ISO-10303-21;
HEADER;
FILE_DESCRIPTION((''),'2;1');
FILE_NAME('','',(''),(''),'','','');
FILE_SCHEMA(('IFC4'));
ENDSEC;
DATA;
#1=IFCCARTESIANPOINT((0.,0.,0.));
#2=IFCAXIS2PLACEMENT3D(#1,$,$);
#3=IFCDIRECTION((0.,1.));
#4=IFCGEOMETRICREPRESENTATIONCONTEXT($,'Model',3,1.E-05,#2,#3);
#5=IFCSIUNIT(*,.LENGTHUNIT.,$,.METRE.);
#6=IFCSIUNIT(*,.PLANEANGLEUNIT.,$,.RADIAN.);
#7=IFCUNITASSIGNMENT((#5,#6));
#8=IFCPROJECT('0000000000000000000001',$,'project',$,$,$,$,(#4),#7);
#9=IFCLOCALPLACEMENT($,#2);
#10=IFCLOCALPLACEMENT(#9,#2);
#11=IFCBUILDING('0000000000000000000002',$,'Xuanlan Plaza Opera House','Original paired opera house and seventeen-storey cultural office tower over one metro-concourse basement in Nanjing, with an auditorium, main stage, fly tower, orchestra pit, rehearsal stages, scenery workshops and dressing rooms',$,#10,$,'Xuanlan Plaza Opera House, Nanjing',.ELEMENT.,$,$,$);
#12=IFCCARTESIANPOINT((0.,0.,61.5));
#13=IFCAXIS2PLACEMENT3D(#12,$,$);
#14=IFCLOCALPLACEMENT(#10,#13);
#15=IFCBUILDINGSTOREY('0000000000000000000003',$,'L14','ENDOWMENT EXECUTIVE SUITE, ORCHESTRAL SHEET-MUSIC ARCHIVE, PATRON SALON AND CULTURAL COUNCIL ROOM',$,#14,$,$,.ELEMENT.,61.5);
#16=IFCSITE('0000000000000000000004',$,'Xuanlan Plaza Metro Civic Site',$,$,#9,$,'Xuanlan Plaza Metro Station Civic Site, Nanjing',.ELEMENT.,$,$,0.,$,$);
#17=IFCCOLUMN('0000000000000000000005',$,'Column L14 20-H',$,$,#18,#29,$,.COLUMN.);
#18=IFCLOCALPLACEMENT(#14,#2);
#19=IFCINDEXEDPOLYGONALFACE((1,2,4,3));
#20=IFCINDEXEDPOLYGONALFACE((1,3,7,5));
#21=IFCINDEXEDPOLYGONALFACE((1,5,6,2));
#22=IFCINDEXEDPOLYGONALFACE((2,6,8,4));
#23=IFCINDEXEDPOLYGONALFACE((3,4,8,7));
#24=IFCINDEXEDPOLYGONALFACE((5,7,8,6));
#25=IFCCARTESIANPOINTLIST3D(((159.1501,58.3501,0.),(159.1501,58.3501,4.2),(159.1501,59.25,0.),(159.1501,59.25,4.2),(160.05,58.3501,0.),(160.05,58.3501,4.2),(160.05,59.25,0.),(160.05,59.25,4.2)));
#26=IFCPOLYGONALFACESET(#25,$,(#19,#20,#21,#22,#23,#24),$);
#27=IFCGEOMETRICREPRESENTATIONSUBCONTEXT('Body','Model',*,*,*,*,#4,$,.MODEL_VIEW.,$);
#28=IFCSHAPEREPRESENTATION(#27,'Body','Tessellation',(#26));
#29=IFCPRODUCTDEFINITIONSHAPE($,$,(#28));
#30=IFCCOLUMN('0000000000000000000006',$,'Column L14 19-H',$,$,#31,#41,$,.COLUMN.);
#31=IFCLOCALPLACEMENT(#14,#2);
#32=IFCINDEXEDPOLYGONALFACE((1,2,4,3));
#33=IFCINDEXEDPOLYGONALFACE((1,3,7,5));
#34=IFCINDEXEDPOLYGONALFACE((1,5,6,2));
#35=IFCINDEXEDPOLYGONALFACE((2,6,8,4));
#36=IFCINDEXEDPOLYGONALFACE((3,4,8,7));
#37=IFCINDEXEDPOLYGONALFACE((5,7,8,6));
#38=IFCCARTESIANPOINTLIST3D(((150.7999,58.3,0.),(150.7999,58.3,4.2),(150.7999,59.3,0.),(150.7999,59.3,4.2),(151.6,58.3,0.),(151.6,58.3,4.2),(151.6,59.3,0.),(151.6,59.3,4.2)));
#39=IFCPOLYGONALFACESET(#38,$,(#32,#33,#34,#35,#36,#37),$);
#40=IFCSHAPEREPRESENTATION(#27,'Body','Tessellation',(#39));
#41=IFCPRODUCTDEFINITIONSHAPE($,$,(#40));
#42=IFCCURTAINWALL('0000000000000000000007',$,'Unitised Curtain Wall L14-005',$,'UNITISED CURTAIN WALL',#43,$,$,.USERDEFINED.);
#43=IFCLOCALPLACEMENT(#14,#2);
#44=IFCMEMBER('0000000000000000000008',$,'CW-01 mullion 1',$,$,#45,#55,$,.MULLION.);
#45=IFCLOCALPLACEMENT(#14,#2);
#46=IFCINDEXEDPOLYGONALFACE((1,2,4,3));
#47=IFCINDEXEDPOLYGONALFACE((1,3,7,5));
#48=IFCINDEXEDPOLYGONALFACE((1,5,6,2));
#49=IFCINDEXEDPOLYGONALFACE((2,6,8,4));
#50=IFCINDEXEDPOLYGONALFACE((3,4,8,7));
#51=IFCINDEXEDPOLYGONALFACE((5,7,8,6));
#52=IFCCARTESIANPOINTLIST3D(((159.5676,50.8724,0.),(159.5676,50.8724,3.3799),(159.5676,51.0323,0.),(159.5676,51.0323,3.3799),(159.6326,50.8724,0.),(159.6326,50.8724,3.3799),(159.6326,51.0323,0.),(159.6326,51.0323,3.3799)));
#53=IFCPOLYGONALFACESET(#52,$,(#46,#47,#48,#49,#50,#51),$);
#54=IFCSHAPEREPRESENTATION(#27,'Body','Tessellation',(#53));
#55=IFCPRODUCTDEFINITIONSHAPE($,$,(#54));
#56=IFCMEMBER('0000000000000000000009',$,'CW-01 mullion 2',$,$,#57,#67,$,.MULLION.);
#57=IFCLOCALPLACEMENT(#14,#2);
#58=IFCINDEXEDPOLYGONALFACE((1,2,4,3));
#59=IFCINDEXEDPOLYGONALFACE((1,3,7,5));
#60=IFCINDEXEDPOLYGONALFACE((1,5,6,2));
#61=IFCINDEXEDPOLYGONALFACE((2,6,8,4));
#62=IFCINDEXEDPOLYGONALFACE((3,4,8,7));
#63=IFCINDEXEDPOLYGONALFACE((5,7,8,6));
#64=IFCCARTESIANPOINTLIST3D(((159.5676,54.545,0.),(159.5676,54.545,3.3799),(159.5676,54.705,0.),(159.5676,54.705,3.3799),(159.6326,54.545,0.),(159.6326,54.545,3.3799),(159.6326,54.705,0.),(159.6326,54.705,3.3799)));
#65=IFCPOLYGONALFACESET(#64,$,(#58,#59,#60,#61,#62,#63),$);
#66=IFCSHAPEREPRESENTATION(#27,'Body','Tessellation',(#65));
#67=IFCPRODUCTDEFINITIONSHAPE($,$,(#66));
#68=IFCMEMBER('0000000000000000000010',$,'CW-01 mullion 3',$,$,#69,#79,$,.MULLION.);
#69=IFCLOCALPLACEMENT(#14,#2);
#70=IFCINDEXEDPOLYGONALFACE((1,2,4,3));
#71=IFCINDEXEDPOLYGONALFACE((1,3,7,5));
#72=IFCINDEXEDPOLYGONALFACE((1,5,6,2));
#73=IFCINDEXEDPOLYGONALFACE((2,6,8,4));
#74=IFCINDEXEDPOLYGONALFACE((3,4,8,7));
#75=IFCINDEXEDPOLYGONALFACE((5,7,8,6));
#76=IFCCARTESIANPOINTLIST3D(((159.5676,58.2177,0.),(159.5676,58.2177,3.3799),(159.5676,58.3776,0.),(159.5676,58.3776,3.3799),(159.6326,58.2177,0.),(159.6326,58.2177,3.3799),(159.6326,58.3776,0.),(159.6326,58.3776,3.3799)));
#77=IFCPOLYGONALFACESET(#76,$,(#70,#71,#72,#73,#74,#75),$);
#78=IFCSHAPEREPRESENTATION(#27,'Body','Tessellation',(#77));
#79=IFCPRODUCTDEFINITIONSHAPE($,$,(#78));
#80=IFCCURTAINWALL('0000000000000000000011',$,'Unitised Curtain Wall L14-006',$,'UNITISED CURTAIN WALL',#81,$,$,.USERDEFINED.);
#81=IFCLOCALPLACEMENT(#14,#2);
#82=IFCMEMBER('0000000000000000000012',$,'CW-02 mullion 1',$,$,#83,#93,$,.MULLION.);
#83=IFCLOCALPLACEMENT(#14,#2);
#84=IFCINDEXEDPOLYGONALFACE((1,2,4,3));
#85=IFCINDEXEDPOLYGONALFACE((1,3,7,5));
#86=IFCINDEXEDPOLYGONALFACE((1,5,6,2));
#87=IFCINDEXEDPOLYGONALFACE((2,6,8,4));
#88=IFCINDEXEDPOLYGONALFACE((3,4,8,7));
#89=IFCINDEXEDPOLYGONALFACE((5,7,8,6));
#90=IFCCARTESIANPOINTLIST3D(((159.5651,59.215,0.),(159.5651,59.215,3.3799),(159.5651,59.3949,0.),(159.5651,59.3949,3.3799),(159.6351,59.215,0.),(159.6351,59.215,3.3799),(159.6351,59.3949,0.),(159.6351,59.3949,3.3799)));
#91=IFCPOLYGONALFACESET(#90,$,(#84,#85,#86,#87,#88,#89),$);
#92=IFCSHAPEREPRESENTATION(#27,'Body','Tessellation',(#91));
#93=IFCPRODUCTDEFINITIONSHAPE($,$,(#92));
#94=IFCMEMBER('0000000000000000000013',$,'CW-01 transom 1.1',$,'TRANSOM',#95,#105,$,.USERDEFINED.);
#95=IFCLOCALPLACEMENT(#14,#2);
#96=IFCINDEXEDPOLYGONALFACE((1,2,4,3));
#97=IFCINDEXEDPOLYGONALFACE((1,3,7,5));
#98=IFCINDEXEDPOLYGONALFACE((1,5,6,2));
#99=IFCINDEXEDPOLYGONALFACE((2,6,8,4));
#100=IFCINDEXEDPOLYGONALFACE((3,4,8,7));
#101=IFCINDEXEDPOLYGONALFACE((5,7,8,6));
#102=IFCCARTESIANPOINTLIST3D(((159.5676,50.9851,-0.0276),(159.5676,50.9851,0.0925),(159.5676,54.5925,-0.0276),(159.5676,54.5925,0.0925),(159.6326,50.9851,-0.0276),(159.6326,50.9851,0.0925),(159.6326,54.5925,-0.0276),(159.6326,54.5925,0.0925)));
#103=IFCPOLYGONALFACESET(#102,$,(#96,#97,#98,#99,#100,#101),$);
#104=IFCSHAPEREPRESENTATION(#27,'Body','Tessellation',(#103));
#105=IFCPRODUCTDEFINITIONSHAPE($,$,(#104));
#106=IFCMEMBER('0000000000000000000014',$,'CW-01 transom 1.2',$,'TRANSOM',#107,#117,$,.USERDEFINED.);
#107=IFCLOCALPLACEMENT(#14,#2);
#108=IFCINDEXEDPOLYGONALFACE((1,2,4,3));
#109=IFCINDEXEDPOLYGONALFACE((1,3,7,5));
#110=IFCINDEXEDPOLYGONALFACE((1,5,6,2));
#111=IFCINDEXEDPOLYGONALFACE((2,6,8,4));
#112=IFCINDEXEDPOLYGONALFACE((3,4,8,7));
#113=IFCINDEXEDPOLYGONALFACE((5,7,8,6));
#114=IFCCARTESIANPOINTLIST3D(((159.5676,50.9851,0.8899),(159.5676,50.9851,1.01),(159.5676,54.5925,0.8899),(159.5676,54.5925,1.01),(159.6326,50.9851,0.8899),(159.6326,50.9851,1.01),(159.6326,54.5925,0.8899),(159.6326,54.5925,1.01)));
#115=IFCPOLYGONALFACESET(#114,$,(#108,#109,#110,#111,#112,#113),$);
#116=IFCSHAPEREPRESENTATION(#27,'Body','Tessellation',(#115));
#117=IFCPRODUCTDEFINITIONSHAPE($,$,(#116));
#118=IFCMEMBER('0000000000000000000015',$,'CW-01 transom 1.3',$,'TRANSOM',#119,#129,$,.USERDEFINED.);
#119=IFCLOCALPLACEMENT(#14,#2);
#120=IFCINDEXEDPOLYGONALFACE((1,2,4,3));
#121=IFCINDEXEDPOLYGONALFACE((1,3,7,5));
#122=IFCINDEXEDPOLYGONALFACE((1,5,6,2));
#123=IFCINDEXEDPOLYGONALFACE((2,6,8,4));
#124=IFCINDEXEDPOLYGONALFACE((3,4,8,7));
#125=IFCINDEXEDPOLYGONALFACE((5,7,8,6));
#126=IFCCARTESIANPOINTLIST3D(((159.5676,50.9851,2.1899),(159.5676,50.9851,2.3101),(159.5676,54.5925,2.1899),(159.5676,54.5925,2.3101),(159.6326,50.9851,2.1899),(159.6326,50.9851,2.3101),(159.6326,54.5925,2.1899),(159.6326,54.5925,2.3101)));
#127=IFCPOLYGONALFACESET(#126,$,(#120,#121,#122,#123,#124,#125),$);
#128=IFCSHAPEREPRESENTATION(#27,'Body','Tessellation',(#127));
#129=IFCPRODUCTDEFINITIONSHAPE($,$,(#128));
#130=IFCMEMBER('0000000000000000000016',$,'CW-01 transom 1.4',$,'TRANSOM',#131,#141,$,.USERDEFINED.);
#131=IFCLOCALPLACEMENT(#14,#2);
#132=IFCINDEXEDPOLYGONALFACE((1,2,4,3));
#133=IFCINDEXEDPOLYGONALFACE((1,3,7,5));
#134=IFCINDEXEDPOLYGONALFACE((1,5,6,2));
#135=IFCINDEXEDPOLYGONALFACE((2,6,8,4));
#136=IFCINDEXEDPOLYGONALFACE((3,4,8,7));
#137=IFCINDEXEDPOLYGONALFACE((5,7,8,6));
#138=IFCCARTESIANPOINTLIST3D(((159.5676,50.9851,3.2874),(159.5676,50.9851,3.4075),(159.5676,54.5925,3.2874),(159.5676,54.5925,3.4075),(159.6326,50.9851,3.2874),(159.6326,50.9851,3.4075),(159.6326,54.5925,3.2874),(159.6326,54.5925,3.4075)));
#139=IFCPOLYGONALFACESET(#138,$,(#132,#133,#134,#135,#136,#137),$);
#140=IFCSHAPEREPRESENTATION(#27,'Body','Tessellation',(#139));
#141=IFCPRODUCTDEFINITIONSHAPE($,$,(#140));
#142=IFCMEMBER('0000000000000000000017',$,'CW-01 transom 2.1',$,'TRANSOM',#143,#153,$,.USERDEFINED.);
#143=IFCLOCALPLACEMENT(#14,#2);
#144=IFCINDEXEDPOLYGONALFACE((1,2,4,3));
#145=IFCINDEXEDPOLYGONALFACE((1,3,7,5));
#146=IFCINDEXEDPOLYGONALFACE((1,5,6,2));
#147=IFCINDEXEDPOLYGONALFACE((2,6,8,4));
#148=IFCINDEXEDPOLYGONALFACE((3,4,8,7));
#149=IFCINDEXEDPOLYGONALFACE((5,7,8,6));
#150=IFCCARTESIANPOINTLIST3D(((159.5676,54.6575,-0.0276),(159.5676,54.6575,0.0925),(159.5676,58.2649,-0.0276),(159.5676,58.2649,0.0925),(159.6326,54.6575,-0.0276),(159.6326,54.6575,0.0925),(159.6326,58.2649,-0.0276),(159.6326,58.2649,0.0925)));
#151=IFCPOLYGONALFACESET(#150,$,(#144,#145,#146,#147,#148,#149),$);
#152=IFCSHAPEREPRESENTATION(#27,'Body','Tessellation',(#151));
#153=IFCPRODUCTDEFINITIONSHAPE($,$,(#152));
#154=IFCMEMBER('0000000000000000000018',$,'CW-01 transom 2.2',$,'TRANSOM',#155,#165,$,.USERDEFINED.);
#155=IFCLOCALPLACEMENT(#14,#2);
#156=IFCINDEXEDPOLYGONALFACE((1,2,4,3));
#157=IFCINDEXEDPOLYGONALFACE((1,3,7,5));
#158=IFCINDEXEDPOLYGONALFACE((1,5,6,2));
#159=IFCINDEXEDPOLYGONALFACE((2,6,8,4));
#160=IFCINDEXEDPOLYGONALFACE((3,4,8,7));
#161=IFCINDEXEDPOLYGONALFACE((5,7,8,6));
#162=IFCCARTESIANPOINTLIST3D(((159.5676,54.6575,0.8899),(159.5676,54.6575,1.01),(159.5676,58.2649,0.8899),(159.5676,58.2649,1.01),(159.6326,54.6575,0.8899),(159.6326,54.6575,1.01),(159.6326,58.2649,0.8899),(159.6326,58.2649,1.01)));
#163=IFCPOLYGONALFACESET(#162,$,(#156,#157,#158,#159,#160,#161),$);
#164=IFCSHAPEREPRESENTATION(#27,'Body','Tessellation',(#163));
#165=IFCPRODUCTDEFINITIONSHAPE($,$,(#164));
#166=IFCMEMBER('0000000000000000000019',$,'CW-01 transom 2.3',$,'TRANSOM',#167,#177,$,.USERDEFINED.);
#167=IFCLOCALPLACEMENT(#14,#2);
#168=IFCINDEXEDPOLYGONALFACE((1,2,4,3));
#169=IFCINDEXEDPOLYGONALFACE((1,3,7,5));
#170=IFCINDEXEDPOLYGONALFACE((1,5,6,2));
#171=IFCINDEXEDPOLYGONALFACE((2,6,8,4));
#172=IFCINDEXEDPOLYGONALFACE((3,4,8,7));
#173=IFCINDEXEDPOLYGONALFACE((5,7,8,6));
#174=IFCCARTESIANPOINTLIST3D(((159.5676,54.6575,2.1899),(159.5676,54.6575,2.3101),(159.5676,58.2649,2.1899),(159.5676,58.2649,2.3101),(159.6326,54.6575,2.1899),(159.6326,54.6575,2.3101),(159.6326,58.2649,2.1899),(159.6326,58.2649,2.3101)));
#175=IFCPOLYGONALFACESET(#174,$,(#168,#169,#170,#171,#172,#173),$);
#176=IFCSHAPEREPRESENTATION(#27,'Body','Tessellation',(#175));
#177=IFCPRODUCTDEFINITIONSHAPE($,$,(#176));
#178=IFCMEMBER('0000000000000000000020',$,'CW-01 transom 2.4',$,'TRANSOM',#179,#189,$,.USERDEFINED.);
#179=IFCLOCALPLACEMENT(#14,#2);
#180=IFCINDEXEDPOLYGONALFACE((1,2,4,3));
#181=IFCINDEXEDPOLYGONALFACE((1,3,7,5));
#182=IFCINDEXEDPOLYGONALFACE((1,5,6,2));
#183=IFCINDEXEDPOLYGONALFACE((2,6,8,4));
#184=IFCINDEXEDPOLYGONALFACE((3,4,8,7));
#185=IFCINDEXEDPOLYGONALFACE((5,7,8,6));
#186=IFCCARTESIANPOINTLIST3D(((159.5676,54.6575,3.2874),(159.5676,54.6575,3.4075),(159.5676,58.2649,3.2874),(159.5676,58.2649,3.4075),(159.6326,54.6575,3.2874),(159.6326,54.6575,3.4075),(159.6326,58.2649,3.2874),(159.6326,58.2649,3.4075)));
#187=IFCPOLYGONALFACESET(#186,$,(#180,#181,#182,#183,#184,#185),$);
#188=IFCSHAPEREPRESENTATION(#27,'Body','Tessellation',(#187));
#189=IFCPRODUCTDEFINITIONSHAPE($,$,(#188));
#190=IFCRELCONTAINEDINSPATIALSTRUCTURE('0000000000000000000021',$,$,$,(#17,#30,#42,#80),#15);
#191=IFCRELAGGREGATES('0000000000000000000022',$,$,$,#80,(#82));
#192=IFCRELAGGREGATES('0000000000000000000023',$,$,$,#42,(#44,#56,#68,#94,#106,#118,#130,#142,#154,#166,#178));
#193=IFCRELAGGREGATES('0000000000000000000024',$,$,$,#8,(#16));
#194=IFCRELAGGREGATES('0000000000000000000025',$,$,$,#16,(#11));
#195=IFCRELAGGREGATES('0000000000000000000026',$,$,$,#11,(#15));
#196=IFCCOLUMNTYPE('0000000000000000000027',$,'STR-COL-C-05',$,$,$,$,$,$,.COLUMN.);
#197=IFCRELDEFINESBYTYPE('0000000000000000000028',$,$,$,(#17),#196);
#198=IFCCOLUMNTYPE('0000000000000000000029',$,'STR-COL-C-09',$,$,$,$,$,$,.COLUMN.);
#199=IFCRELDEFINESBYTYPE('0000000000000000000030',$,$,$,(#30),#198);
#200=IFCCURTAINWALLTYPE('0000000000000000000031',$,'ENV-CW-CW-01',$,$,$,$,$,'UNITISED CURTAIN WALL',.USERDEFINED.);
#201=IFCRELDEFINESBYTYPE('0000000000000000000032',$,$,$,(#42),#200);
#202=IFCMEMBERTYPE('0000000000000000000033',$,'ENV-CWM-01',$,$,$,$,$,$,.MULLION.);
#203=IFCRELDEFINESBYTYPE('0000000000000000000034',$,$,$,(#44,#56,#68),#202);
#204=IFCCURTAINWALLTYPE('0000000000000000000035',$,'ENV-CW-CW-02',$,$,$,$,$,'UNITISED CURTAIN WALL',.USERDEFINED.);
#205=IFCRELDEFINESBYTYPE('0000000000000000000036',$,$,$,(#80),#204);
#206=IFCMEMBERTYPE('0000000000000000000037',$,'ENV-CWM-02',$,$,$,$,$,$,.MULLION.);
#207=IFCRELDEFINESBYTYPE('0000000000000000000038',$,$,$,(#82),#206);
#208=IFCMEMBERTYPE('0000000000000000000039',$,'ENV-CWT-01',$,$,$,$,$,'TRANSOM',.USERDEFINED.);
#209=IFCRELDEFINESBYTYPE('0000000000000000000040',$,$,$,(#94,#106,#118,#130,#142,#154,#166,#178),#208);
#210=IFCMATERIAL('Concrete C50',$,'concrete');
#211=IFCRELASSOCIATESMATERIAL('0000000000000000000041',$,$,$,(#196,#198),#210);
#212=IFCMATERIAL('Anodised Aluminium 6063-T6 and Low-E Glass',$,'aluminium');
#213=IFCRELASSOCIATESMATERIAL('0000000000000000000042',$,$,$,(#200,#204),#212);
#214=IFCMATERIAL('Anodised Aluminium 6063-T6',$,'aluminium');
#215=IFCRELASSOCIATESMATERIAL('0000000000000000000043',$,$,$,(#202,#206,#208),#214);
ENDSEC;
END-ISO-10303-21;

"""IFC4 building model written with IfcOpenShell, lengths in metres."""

from ifc_helpers import new_model, si_unit, direction, frame, origin, origin_2d, place, context, subcontext, project, spatial, rectangle, extrude, material, material_profile, profile_set, type_object, element, aggregate, save


model = new_model("IFC4")

# Units and contexts
model_context = context("Model", 3, precision=1e-05, world=origin(), true_north=direction((0.0, 1.0)))
body_context = subcontext(model_context, "Body", "Model", "MODEL_VIEW")
ifc_project = project(units=[si_unit("LENGTHUNIT", "METRE"), si_unit("PLANEANGLEUNIT", "RADIAN")], contexts=[model_context])

# Site, building, storey
site_placement = place(None, origin())
site = spatial("IfcSite", under=ifc_project, at=site_placement, Name="Xuanlan Plaza Metro Civic Site", LongName="Xuanlan Plaza Metro Station Civic Site, Nanjing", CompositionType="ELEMENT", RefElevation=0.0)
building_placement = place(site_placement, origin())
building = spatial("IfcBuilding", under=site, at=building_placement, Name="Xuanlan Plaza Opera House", Description="Original paired opera house and seventeen-storey cultural office tower over one metro-concourse basement in Nanjing, with an auditorium, main stage, fly tower, orchestra pit, rehearsal stages, scenery workshops and dressing rooms", LongName="Xuanlan Plaza Opera House, Nanjing", CompositionType="ELEMENT")
storey_placement = place(building_placement, frame((0.0, 0.0, 61.5)))
storey = spatial("IfcBuildingStorey", under=building, at=storey_placement, Name="L14", Description="ENDOWMENT EXECUTIVE SUITE, ORCHESTRAL SHEET-MUSIC ARCHIVE, PATRON SALON AND CULTURAL COUNCIL ROOM", CompositionType="ELEMENT", Elevation=61.5)

# Columns
ifc_material_1 = material(Name="Concrete C50", Category="concrete")
ifc_material_profile_1 = material_profile(ifc_material_1, rectangle(XDim=0.8999, YDim=0.8999, at=origin_2d()), Name="RC-COL 900x900")
ifc_profile_set_1 = profile_set([ifc_material_profile_1], Name="Concrete C50")
column_type_1 = type_object("IfcColumnType", Name="STR-COL-C-05", PredefinedType="COLUMN", material=ifc_profile_set_1)
column_1_placement = place(storey_placement, frame((159.6001, 58.8, 0.0), z_axis=(0.0, 0.0, 1.0), x_axis=(1.0, 0.0, 0.0)))
element("IfcColumn", 1, at=column_1_placement, inside=storey, type_object=column_type_1, Name="Column L14 20-H", PredefinedType="COLUMN", context=body_context, shape_type="SweptSolid", body=[
    extrude(rectangle(XDim=0.8999, YDim=0.8999, at=origin_2d()), origin(), (0.0, 0.0, 1.0), 4.2),
])
ifc_material_profile_2 = material_profile(ifc_material_1, rectangle(XDim=0.8, YDim=1.0, at=origin_2d()), Name="RC-COL 800x1000")
ifc_profile_set_2 = profile_set([ifc_material_profile_2], Name="Concrete C50")
column_type_2 = type_object("IfcColumnType", Name="STR-COL-C-09", PredefinedType="COLUMN", material=ifc_profile_set_2)
column_2_placement = place(storey_placement, frame((151.2, 58.8, 0.0), z_axis=(0.0, 0.0, 1.0), x_axis=(1.0, 0.0, 0.0)))
element("IfcColumn", 2, at=column_2_placement, inside=storey, type_object=column_type_2, Name="Column L14 19-H", PredefinedType="COLUMN", context=body_context, shape_type="SweptSolid", body=[
    extrude(rectangle(XDim=0.8, YDim=1.0, at=origin_2d()), origin(), (0.0, 0.0, 1.0), 4.2),
])

# Curtain wall, members
ifc_material_2 = material(Name="Anodised Aluminium 6063-T6 and Low-E Glass", Category="aluminium")
curtain_wall_type_1 = type_object("IfcCurtainWallType", Name="ENV-CW-CW-01", ElementType="UNITISED CURTAIN WALL", PredefinedType="USERDEFINED", material=ifc_material_2)
curtain_wall_1_placement = place(storey_placement, origin())
curtain_wall_1 = element("IfcCurtainWall", 3, at=curtain_wall_1_placement, inside=storey, type_object=curtain_wall_type_1, Name="Unitised Curtain Wall L14-005", ObjectType="UNITISED CURTAIN WALL", PredefinedType="USERDEFINED")
ifc_material_3 = material(Name="Anodised Aluminium 6063-T6", Category="aluminium")
ifc_material_profile_3 = material_profile(ifc_material_3, rectangle(XDim=0.0649, YDim=0.1599, at=origin_2d()), Name="ALU-M 65x160")
ifc_profile_set_3 = profile_set([ifc_material_profile_3], Name="Anodised Aluminium 6063-T6")
member_type_1 = type_object("IfcMemberType", Name="ENV-CWM-01", PredefinedType="MULLION", material=ifc_profile_set_3)
member_1_placement = place(storey_placement, frame((159.6001, 50.9524, 0.0), z_axis=(0.0, 0.0, 1.0), x_axis=(-1.0, 0.0, 0.0)))
member_1 = element("IfcMember", 4, at=member_1_placement, type_object=member_type_1, Name="CW-01 mullion 1", PredefinedType="MULLION", context=body_context, shape_type="SweptSolid", body=[
    extrude(rectangle(XDim=0.0649, YDim=0.1599, at=origin_2d()), origin(), (0.0, 0.0, 1.0), 3.3799),
])
member_2_placement = place(storey_placement, frame((159.6001, 54.625, 0.0), z_axis=(0.0, 0.0, 1.0), x_axis=(-1.0, 0.0, 0.0)))
member_2 = element("IfcMember", 5, at=member_2_placement, type_object=member_type_1, Name="CW-01 mullion 2", PredefinedType="MULLION", context=body_context, shape_type="SweptSolid", body=[
    extrude(rectangle(XDim=0.0649, YDim=0.1599, at=origin_2d()), origin(), (0.0, 0.0, 1.0), 3.3799),
])
member_3_placement = place(storey_placement, frame((159.6001, 58.2976, 0.0), z_axis=(0.0, 0.0, 1.0), x_axis=(-1.0, 0.0, 0.0)))
member_3 = element("IfcMember", 6, at=member_3_placement, type_object=member_type_1, Name="CW-01 mullion 3", PredefinedType="MULLION", context=body_context, shape_type="SweptSolid", body=[
    extrude(rectangle(XDim=0.0649, YDim=0.1599, at=origin_2d()), origin(), (0.0, 0.0, 1.0), 3.3799),
])

# Curtain wall, member
curtain_wall_type_2 = type_object("IfcCurtainWallType", Name="ENV-CW-CW-02", ElementType="UNITISED CURTAIN WALL", PredefinedType="USERDEFINED", material=ifc_material_2)
curtain_wall_2_placement = place(storey_placement, origin())
curtain_wall_2 = element("IfcCurtainWall", 7, at=curtain_wall_2_placement, inside=storey, type_object=curtain_wall_type_2, Name="Unitised Curtain Wall L14-006", ObjectType="UNITISED CURTAIN WALL", PredefinedType="USERDEFINED")
ifc_material_profile_4 = material_profile(ifc_material_3, rectangle(XDim=0.0701, YDim=0.1799, at=origin_2d()), Name="ALU-M 70x180")
ifc_profile_set_4 = profile_set([ifc_material_profile_4], Name="Anodised Aluminium 6063-T6")
member_type_2 = type_object("IfcMemberType", Name="ENV-CWM-02", PredefinedType="MULLION", material=ifc_profile_set_4)
member_4_placement = place(storey_placement, frame((159.6001, 59.3049, 0.0), z_axis=(0.0, 0.0, 1.0), x_axis=(-1.0, 0.0, 0.0)))
member_4 = element("IfcMember", 8, at=member_4_placement, type_object=member_type_2, Name="CW-02 mullion 1", PredefinedType="MULLION", context=body_context, shape_type="SweptSolid", body=[
    extrude(rectangle(XDim=0.0701, YDim=0.1799, at=origin_2d()), origin(), (0.0, 0.0, 1.0), 3.3799),
])

# Members
ifc_material_profile_5 = material_profile(ifc_material_3, rectangle(XDim=0.0649, YDim=0.1201, at=origin_2d()), Name="ALU-T 65x120")
ifc_profile_set_5 = profile_set([ifc_material_profile_5], Name="Anodised Aluminium 6063-T6")
member_type_3 = type_object("IfcMemberType", Name="ENV-CWT-01", ElementType="TRANSOM", PredefinedType="USERDEFINED", material=ifc_profile_set_5)
member_5_placement = place(storey_placement, frame((159.6001, 50.9851, 0.0325), z_axis=(0.0, 1.0, 0.0), x_axis=(-1.0, 0.0, 0.0)))
member_5 = element("IfcMember", 9, at=member_5_placement, type_object=member_type_3, Name="CW-01 transom 1.1", ObjectType="TRANSOM", PredefinedType="USERDEFINED", context=body_context, shape_type="SweptSolid", body=[
    extrude(rectangle(XDim=0.0649, YDim=0.1201, at=origin_2d()), origin(), (0.0, 0.0, 1.0), 3.6074),
])
member_6_placement = place(storey_placement, frame((159.6001, 50.9851, 0.95), z_axis=(0.0, 1.0, 0.0), x_axis=(-1.0, 0.0, 0.0)))
member_6 = element("IfcMember", 10, at=member_6_placement, type_object=member_type_3, Name="CW-01 transom 1.2", ObjectType="TRANSOM", PredefinedType="USERDEFINED", context=body_context, shape_type="SweptSolid", body=[
    extrude(rectangle(XDim=0.0649, YDim=0.1201, at=origin_2d()), origin(), (0.0, 0.0, 1.0), 3.6074),
])
member_7_placement = place(storey_placement, frame((159.6001, 50.9851, 2.25), z_axis=(0.0, 1.0, 0.0), x_axis=(-1.0, 0.0, 0.0)))
member_7 = element("IfcMember", 11, at=member_7_placement, type_object=member_type_3, Name="CW-01 transom 1.3", ObjectType="TRANSOM", PredefinedType="USERDEFINED", context=body_context, shape_type="SweptSolid", body=[
    extrude(rectangle(XDim=0.0649, YDim=0.1201, at=origin_2d()), origin(), (0.0, 0.0, 1.0), 3.6074),
])
member_8_placement = place(storey_placement, frame((159.6001, 50.9851, 3.3474), z_axis=(0.0, 1.0, 0.0), x_axis=(-1.0, 0.0, 0.0)))
member_8 = element("IfcMember", 12, at=member_8_placement, type_object=member_type_3, Name="CW-01 transom 1.4", ObjectType="TRANSOM", PredefinedType="USERDEFINED", context=body_context, shape_type="SweptSolid", body=[
    extrude(rectangle(XDim=0.0649, YDim=0.1201, at=origin_2d()), origin(), (0.0, 0.0, 1.0), 3.6074),
])
member_9_placement = place(storey_placement, frame((159.6001, 54.6575, 0.0325), z_axis=(0.0, 1.0, 0.0), x_axis=(-1.0, 0.0, 0.0)))
member_9 = element("IfcMember", 13, at=member_9_placement, type_object=member_type_3, Name="CW-01 transom 2.1", ObjectType="TRANSOM", PredefinedType="USERDEFINED", context=body_context, shape_type="SweptSolid", body=[
    extrude(rectangle(XDim=0.0649, YDim=0.1201, at=origin_2d()), origin(), (0.0, 0.0, 1.0), 3.6074),
])
member_10_placement = place(storey_placement, frame((159.6001, 54.6575, 0.95), z_axis=(0.0, 1.0, 0.0), x_axis=(-1.0, 0.0, 0.0)))
member_10 = element("IfcMember", 14, at=member_10_placement, type_object=member_type_3, Name="CW-01 transom 2.2", ObjectType="TRANSOM", PredefinedType="USERDEFINED", context=body_context, shape_type="SweptSolid", body=[
    extrude(rectangle(XDim=0.0649, YDim=0.1201, at=origin_2d()), origin(), (0.0, 0.0, 1.0), 3.6074),
])
member_11_placement = place(storey_placement, frame((159.6001, 54.6575, 2.25), z_axis=(0.0, 1.0, 0.0), x_axis=(-1.0, 0.0, 0.0)))
member_11 = element("IfcMember", 15, at=member_11_placement, type_object=member_type_3, Name="CW-01 transom 2.3", ObjectType="TRANSOM", PredefinedType="USERDEFINED", context=body_context, shape_type="SweptSolid", body=[
    extrude(rectangle(XDim=0.0649, YDim=0.1201, at=origin_2d()), origin(), (0.0, 0.0, 1.0), 3.6074),
])
member_12_placement = place(storey_placement, frame((159.6001, 54.6575, 3.3474), z_axis=(0.0, 1.0, 0.0), x_axis=(-1.0, 0.0, 0.0)))
member_12 = element("IfcMember", 16, at=member_12_placement, type_object=member_type_3, Name="CW-01 transom 2.4", ObjectType="TRANSOM", PredefinedType="USERDEFINED", context=body_context, shape_type="SweptSolid", body=[
    extrude(rectangle(XDim=0.0649, YDim=0.1201, at=origin_2d()), origin(), (0.0, 0.0, 1.0), 3.6074),
])
aggregate(curtain_wall_2, [member_4])

aggregate(curtain_wall_1, [member_1, member_2, member_3, member_5, member_6, member_7, member_8, member_9, member_10, member_11, member_12])

save(model, "model.ifc")
